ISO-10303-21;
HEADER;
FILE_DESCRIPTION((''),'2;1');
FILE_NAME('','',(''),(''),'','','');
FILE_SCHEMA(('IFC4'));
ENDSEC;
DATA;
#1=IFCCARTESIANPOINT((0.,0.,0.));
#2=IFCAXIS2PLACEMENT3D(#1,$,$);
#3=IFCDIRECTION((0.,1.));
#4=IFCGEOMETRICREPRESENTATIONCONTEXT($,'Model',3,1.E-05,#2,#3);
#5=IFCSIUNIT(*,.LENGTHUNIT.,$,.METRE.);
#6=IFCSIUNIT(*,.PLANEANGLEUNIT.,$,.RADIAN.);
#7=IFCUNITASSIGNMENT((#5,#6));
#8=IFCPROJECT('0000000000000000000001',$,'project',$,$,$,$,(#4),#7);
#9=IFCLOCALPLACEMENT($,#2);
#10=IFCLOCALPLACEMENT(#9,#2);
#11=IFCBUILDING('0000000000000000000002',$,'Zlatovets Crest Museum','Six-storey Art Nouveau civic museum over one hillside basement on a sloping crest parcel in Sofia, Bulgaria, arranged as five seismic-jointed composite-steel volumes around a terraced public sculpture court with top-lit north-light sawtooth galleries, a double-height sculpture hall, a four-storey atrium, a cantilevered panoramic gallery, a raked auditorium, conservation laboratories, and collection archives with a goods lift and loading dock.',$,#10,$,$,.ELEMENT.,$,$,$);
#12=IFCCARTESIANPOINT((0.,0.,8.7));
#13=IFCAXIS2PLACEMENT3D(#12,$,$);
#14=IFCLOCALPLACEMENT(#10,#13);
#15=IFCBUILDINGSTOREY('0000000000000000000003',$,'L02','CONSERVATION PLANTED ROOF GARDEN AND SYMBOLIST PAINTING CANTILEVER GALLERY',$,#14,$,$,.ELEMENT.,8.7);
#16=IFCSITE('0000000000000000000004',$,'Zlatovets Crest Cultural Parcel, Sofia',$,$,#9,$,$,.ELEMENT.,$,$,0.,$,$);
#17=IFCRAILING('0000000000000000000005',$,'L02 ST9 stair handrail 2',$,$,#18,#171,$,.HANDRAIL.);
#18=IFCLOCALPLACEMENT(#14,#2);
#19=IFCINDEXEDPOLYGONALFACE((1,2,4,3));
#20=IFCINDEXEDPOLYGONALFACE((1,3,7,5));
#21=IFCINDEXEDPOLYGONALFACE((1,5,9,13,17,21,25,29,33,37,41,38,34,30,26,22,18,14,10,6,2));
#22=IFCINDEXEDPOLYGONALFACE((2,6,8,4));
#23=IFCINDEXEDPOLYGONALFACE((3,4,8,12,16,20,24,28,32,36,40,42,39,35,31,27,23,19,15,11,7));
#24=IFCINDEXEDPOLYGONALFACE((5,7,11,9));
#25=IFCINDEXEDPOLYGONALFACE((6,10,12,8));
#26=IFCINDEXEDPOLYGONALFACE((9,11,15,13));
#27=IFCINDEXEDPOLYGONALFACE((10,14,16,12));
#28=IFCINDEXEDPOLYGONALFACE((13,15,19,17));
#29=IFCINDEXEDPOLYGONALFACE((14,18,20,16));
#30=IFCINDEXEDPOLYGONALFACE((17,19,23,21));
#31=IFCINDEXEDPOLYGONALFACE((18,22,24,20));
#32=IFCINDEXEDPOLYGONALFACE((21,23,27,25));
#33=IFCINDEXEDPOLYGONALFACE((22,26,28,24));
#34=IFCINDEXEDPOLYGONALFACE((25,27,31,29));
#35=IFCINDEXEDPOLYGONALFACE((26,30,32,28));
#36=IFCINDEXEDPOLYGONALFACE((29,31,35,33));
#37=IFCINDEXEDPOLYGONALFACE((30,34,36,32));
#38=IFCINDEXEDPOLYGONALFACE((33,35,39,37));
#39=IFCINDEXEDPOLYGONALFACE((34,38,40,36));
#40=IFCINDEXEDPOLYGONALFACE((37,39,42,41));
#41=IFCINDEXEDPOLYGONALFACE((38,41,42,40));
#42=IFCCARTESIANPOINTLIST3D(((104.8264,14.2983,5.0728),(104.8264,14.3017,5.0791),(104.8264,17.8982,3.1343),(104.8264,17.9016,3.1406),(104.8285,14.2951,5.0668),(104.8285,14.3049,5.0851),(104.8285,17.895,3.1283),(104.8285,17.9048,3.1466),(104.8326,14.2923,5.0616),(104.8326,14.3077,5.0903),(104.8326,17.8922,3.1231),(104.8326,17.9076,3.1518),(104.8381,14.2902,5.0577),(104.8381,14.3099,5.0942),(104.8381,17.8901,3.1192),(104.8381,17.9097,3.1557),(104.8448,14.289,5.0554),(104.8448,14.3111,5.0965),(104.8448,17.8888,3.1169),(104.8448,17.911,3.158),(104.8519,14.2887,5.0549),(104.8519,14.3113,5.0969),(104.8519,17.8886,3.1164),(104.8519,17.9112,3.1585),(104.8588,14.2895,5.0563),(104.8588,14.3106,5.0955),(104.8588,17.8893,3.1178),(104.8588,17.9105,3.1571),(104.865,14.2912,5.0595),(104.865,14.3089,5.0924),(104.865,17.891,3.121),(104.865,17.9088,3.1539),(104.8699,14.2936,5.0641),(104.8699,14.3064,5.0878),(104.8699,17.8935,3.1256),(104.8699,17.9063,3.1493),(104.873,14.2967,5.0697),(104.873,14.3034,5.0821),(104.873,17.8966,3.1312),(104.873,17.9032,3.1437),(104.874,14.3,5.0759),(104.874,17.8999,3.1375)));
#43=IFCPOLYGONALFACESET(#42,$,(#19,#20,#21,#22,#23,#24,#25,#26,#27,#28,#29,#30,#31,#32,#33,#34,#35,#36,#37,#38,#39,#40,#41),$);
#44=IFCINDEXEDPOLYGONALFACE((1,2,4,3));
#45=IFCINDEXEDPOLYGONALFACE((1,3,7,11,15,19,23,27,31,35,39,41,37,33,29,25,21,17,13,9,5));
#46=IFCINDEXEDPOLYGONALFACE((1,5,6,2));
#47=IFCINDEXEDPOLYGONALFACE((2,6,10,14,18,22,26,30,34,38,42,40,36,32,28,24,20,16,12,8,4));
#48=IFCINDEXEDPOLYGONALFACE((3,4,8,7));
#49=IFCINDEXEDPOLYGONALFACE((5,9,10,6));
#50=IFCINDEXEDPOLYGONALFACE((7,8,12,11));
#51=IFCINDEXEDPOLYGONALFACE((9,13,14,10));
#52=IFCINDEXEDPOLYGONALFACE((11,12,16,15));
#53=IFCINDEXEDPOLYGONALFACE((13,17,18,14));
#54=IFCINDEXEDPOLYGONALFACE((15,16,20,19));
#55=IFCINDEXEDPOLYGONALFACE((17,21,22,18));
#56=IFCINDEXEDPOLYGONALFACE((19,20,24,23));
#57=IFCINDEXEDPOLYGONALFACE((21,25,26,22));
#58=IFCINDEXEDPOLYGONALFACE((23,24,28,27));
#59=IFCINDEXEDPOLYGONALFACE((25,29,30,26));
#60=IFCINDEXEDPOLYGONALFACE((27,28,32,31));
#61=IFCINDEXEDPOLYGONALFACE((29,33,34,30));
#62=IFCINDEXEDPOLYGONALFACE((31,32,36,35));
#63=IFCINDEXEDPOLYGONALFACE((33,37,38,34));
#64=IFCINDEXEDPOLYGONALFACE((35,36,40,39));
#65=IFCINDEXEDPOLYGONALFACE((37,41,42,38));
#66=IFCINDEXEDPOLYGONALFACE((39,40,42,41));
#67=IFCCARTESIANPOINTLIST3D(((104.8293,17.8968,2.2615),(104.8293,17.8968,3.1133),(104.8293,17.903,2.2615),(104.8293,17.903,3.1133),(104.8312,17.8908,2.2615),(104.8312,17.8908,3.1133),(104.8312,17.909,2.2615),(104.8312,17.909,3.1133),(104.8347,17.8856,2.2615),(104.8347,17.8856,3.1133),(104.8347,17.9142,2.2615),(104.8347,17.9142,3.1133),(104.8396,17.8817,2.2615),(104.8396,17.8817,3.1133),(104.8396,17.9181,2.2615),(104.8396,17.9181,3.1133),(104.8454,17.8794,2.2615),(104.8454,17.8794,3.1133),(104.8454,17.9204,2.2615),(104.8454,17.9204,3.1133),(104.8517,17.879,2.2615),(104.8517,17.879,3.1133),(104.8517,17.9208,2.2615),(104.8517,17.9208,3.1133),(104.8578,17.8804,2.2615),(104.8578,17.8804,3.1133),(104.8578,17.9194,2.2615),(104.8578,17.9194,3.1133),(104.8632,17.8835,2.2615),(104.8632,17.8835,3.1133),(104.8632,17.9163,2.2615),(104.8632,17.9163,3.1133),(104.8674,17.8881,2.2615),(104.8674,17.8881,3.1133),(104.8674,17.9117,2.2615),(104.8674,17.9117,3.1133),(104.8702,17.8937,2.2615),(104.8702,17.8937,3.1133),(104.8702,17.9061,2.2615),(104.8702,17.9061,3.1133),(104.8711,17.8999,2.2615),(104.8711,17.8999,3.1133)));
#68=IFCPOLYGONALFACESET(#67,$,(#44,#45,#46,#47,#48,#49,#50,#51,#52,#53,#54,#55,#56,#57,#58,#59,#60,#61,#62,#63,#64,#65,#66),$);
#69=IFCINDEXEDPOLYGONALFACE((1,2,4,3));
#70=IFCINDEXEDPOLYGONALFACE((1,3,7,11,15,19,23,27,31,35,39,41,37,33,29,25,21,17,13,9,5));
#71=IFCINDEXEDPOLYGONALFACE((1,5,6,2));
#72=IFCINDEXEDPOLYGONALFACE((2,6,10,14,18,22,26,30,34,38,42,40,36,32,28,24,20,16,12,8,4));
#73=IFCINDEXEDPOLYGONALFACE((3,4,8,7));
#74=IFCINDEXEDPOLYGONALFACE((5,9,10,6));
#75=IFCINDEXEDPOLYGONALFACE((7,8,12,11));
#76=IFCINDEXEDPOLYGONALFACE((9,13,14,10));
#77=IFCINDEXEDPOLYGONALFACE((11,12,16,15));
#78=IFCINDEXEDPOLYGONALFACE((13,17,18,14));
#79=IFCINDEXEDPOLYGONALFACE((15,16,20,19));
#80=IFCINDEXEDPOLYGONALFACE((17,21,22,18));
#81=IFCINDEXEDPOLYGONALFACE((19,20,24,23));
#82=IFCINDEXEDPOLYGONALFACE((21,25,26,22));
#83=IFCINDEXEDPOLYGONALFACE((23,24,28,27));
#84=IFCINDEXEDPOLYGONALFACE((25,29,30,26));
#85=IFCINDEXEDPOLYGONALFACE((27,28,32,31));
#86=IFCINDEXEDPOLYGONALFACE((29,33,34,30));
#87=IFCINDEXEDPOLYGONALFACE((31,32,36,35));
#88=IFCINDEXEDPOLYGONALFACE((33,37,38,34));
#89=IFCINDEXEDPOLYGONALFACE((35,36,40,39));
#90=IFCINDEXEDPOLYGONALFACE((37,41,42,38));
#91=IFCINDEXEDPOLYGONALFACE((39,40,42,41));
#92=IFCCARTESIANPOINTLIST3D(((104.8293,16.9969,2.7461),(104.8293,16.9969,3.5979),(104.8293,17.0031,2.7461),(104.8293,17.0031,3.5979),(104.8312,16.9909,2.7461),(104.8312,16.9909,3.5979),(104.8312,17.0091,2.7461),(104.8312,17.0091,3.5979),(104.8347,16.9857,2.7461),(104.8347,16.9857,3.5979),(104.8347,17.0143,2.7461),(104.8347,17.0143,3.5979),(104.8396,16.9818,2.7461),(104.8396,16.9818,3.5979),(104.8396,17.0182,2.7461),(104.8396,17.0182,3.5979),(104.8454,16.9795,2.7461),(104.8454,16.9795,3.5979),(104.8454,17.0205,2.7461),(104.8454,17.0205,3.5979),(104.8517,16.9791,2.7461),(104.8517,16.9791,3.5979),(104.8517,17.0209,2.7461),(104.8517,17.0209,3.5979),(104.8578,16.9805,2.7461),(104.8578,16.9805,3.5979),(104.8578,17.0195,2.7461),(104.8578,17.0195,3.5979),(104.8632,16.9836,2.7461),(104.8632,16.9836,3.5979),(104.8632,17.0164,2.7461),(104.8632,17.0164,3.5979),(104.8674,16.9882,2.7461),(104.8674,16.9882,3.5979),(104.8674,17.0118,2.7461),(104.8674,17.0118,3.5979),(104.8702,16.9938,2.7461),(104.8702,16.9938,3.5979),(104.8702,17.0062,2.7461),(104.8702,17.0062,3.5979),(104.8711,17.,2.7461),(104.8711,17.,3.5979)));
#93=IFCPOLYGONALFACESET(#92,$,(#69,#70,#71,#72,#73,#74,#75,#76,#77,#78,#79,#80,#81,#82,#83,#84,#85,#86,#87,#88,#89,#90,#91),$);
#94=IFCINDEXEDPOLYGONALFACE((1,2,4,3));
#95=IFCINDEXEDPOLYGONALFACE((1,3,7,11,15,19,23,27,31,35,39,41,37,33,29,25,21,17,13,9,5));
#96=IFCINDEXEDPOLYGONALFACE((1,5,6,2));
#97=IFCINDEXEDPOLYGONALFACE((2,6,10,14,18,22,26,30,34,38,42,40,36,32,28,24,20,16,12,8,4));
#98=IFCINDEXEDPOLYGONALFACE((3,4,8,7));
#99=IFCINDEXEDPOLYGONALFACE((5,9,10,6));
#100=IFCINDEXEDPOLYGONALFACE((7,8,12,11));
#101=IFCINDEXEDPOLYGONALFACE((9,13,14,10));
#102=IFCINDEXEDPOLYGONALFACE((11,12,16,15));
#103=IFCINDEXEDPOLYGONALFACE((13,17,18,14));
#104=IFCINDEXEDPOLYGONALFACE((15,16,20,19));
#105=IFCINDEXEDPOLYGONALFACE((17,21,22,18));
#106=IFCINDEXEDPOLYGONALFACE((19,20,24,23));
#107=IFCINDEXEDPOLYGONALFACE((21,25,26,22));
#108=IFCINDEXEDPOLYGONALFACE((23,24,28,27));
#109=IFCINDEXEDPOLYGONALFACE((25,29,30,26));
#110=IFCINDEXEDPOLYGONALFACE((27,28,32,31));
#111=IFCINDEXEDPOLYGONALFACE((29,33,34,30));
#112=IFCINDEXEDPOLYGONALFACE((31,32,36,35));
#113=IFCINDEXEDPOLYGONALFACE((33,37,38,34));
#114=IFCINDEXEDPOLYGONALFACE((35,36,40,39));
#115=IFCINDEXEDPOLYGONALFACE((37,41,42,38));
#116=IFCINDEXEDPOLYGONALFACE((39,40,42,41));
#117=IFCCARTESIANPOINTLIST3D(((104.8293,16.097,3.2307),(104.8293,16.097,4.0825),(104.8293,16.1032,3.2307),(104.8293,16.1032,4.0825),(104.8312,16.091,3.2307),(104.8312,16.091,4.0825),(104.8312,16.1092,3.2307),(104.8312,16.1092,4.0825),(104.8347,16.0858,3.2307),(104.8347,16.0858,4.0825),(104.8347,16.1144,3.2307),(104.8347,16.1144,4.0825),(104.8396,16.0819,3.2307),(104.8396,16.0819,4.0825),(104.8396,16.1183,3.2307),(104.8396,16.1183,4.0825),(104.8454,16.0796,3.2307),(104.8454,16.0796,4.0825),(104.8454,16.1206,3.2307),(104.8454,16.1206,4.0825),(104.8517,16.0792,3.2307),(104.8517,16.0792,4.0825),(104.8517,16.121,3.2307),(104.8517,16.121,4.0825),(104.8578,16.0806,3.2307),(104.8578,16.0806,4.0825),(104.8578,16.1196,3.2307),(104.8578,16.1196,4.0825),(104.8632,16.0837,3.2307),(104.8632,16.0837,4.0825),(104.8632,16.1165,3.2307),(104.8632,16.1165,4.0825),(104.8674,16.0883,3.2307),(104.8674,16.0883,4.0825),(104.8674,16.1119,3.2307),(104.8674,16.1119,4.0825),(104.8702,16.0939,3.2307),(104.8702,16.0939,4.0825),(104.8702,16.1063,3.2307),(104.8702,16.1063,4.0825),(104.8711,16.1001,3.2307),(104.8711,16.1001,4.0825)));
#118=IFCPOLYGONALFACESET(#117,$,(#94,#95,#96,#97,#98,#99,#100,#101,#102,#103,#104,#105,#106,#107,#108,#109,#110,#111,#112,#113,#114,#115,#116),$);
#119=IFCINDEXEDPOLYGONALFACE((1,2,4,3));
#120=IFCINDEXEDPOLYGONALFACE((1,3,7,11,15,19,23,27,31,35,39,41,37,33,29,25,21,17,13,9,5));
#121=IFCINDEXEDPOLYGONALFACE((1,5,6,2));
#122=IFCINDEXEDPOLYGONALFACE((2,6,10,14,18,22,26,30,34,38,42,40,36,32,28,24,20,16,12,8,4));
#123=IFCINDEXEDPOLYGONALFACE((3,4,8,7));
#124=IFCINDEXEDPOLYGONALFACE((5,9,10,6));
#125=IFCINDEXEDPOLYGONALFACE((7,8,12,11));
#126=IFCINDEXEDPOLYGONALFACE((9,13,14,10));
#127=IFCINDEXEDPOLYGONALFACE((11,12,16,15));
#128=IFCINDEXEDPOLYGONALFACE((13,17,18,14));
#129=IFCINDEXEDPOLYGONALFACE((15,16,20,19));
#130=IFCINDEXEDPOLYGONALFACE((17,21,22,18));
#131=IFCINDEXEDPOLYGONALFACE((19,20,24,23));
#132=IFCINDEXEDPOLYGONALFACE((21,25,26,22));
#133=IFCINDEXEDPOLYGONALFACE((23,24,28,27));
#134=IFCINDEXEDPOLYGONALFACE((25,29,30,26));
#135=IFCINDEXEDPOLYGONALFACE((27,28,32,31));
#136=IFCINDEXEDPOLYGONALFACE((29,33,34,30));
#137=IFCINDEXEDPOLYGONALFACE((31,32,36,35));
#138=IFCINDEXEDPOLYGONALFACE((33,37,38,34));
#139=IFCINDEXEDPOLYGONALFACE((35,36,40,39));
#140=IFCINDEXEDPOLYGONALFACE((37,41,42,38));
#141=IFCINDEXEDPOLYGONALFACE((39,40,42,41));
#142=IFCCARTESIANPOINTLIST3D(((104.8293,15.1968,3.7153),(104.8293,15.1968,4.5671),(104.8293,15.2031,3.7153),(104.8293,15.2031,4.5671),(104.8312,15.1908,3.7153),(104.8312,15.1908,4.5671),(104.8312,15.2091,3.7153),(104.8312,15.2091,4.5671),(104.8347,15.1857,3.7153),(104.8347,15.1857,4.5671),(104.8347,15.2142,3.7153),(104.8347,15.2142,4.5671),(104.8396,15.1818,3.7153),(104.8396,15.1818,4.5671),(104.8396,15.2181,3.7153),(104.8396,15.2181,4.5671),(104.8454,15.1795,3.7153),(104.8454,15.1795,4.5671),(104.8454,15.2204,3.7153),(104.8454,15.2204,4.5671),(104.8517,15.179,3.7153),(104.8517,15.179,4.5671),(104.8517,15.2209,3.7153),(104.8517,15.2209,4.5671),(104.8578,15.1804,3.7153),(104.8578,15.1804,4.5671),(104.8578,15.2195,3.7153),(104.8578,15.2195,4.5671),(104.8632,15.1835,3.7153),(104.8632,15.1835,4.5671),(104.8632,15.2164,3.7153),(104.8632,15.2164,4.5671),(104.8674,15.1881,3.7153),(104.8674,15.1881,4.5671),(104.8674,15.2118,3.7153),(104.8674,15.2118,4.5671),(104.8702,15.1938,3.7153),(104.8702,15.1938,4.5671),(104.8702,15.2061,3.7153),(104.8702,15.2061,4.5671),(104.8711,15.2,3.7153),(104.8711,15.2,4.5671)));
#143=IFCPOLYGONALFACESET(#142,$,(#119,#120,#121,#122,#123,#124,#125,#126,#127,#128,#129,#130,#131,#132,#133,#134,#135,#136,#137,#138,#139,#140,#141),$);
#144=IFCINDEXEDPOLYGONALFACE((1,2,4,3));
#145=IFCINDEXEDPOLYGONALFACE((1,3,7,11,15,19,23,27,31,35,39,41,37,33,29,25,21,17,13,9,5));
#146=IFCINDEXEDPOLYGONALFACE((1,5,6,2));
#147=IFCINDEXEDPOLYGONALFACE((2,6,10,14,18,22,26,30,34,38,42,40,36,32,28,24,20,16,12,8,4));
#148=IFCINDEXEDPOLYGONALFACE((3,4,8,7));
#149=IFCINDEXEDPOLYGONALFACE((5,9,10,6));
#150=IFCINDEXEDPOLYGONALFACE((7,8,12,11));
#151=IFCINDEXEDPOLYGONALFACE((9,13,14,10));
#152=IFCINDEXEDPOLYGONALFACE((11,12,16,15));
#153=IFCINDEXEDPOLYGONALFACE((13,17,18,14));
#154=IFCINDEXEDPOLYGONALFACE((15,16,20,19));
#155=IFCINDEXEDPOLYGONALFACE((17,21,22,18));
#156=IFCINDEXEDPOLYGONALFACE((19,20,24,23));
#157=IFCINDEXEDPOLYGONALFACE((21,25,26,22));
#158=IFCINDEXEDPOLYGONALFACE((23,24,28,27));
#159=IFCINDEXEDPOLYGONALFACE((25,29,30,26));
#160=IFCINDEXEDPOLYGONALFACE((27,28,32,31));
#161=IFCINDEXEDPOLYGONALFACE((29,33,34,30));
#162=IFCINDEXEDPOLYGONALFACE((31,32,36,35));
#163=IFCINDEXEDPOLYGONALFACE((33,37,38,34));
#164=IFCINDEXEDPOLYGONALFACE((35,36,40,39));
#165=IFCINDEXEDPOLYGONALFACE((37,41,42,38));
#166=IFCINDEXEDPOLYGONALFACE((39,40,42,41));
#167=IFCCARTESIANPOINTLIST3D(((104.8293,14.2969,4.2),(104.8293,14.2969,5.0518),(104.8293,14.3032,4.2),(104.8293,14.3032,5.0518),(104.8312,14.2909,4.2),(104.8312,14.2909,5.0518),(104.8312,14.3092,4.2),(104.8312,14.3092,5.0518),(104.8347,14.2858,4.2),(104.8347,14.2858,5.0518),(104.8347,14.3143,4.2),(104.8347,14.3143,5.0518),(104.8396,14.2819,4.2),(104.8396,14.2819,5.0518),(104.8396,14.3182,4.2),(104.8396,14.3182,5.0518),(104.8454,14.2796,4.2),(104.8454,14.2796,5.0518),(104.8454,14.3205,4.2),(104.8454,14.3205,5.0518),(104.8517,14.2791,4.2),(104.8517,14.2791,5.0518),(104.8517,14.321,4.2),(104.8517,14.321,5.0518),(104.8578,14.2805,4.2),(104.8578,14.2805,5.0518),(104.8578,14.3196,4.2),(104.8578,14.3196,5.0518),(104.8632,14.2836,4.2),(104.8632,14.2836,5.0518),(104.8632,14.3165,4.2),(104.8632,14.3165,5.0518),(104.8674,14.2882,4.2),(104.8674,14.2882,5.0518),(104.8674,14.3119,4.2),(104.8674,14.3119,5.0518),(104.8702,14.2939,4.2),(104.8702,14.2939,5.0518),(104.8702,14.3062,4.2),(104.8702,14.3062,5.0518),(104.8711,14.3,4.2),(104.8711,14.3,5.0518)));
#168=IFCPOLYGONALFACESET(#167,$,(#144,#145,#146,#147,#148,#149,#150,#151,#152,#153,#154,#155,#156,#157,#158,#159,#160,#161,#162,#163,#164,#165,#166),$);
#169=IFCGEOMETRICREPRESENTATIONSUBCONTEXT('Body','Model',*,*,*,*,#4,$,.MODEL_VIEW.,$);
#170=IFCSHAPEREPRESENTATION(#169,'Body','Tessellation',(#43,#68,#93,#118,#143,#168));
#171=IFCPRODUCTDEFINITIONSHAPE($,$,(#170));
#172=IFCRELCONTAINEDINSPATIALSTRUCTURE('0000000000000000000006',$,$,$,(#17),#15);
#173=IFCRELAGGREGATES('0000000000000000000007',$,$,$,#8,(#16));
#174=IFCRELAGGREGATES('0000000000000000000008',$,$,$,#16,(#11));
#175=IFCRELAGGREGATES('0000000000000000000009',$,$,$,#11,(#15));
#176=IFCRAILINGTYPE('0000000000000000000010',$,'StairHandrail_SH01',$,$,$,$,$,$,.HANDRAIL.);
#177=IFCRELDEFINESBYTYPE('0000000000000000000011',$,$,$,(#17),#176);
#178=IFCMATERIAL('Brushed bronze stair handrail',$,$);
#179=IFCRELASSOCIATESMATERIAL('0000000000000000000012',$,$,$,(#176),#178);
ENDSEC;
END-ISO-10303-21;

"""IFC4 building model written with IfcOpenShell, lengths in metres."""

from ifc_helpers import new_model, si_unit, direction, frame, origin, origin_2d, place, context, subcontext, project, spatial, circle, extrude, material, type_object, element, save


model = new_model("IFC4")

# Units and contexts
model_context = context("Model", 3, precision=1e-05, world=origin(), true_north=direction((0.0, 1.0)))
body_context = subcontext(model_context, "Body", "Model", "MODEL_VIEW")
ifc_project = project(units=[si_unit("LENGTHUNIT", "METRE"), si_unit("PLANEANGLEUNIT", "RADIAN")], contexts=[model_context])

# Site, building, storey
site_placement = place(None, origin())
site = spatial("IfcSite", under=ifc_project, at=site_placement, Name="Zlatovets Crest Cultural Parcel, Sofia", CompositionType="ELEMENT", RefElevation=0.0)
building_placement = place(site_placement, origin())
building = spatial("IfcBuilding", under=site, at=building_placement, Name="Zlatovets Crest Museum", Description="Six-storey Art Nouveau civic museum over one hillside basement on a sloping crest parcel in Sofia, Bulgaria, arranged as five seismic-jointed composite-steel volumes around a terraced public sculpture court with top-lit north-light sawtooth galleries, a double-height sculpture hall, a four-storey atrium, a cantilevered panoramic gallery, a raked auditorium, conservation laboratories, and collection archives with a goods lift and loading dock.", CompositionType="ELEMENT")
storey_placement = place(building_placement, frame((0.0, 0.0, 8.7)))
storey = spatial("IfcBuildingStorey", under=building, at=storey_placement, Name="L02", Description="CONSERVATION PLANTED ROOF GARDEN AND SYMBOLIST PAINTING CANTILEVER GALLERY", CompositionType="ELEMENT", Elevation=8.7)

# Railing
ifc_material_1 = material(Name="Brushed bronze stair handrail")
railing_type_1 = type_object("IfcRailingType", Name="StairHandrail_SH01", PredefinedType="HANDRAIL", material=ifc_material_1)
railing_1_placement = place(storey_placement, frame((104.8501, 17.8999, 2.2615)))
element("IfcRailing", 1, at=railing_1_placement, inside=storey, type_object=railing_type_1, Name="L02 ST9 stair handrail 2", PredefinedType="HANDRAIL", context=body_context, shape_type="SweptSolid", body=[
    extrude(circle(Radius=0.0239, at=origin_2d()), frame((0.0, 0.0, 0.876), z_axis=(0.0, -0.880462, 0.474118), x_axis=(1.0, 0.0, 0.0)), (0.0, 0.0, 1.0), 4.0886),
    extrude(circle(Radius=0.021, at=origin_2d()), origin(), (0.0, 0.0, 1.0), 0.8518),
    extrude(circle(Radius=0.021, at=origin_2d()), frame((0.0, -0.8999, 0.4846)), (0.0, 0.0, 1.0), 0.8518),
    extrude(circle(Radius=0.021, at=origin_2d()), frame((0.0, -1.7998, 0.9692)), (0.0, 0.0, 1.0), 0.8518),
    extrude(circle(Radius=0.021, at=origin_2d()), frame((0.0, -2.7, 1.4539)), (0.0, 0.0, 1.0), 0.8518),
    extrude(circle(Radius=0.021, at=origin_2d()), frame((0.0, -3.5999, 1.9385)), (0.0, 0.0, 1.0), 0.8518),
])

save(model, "model.ifc")
